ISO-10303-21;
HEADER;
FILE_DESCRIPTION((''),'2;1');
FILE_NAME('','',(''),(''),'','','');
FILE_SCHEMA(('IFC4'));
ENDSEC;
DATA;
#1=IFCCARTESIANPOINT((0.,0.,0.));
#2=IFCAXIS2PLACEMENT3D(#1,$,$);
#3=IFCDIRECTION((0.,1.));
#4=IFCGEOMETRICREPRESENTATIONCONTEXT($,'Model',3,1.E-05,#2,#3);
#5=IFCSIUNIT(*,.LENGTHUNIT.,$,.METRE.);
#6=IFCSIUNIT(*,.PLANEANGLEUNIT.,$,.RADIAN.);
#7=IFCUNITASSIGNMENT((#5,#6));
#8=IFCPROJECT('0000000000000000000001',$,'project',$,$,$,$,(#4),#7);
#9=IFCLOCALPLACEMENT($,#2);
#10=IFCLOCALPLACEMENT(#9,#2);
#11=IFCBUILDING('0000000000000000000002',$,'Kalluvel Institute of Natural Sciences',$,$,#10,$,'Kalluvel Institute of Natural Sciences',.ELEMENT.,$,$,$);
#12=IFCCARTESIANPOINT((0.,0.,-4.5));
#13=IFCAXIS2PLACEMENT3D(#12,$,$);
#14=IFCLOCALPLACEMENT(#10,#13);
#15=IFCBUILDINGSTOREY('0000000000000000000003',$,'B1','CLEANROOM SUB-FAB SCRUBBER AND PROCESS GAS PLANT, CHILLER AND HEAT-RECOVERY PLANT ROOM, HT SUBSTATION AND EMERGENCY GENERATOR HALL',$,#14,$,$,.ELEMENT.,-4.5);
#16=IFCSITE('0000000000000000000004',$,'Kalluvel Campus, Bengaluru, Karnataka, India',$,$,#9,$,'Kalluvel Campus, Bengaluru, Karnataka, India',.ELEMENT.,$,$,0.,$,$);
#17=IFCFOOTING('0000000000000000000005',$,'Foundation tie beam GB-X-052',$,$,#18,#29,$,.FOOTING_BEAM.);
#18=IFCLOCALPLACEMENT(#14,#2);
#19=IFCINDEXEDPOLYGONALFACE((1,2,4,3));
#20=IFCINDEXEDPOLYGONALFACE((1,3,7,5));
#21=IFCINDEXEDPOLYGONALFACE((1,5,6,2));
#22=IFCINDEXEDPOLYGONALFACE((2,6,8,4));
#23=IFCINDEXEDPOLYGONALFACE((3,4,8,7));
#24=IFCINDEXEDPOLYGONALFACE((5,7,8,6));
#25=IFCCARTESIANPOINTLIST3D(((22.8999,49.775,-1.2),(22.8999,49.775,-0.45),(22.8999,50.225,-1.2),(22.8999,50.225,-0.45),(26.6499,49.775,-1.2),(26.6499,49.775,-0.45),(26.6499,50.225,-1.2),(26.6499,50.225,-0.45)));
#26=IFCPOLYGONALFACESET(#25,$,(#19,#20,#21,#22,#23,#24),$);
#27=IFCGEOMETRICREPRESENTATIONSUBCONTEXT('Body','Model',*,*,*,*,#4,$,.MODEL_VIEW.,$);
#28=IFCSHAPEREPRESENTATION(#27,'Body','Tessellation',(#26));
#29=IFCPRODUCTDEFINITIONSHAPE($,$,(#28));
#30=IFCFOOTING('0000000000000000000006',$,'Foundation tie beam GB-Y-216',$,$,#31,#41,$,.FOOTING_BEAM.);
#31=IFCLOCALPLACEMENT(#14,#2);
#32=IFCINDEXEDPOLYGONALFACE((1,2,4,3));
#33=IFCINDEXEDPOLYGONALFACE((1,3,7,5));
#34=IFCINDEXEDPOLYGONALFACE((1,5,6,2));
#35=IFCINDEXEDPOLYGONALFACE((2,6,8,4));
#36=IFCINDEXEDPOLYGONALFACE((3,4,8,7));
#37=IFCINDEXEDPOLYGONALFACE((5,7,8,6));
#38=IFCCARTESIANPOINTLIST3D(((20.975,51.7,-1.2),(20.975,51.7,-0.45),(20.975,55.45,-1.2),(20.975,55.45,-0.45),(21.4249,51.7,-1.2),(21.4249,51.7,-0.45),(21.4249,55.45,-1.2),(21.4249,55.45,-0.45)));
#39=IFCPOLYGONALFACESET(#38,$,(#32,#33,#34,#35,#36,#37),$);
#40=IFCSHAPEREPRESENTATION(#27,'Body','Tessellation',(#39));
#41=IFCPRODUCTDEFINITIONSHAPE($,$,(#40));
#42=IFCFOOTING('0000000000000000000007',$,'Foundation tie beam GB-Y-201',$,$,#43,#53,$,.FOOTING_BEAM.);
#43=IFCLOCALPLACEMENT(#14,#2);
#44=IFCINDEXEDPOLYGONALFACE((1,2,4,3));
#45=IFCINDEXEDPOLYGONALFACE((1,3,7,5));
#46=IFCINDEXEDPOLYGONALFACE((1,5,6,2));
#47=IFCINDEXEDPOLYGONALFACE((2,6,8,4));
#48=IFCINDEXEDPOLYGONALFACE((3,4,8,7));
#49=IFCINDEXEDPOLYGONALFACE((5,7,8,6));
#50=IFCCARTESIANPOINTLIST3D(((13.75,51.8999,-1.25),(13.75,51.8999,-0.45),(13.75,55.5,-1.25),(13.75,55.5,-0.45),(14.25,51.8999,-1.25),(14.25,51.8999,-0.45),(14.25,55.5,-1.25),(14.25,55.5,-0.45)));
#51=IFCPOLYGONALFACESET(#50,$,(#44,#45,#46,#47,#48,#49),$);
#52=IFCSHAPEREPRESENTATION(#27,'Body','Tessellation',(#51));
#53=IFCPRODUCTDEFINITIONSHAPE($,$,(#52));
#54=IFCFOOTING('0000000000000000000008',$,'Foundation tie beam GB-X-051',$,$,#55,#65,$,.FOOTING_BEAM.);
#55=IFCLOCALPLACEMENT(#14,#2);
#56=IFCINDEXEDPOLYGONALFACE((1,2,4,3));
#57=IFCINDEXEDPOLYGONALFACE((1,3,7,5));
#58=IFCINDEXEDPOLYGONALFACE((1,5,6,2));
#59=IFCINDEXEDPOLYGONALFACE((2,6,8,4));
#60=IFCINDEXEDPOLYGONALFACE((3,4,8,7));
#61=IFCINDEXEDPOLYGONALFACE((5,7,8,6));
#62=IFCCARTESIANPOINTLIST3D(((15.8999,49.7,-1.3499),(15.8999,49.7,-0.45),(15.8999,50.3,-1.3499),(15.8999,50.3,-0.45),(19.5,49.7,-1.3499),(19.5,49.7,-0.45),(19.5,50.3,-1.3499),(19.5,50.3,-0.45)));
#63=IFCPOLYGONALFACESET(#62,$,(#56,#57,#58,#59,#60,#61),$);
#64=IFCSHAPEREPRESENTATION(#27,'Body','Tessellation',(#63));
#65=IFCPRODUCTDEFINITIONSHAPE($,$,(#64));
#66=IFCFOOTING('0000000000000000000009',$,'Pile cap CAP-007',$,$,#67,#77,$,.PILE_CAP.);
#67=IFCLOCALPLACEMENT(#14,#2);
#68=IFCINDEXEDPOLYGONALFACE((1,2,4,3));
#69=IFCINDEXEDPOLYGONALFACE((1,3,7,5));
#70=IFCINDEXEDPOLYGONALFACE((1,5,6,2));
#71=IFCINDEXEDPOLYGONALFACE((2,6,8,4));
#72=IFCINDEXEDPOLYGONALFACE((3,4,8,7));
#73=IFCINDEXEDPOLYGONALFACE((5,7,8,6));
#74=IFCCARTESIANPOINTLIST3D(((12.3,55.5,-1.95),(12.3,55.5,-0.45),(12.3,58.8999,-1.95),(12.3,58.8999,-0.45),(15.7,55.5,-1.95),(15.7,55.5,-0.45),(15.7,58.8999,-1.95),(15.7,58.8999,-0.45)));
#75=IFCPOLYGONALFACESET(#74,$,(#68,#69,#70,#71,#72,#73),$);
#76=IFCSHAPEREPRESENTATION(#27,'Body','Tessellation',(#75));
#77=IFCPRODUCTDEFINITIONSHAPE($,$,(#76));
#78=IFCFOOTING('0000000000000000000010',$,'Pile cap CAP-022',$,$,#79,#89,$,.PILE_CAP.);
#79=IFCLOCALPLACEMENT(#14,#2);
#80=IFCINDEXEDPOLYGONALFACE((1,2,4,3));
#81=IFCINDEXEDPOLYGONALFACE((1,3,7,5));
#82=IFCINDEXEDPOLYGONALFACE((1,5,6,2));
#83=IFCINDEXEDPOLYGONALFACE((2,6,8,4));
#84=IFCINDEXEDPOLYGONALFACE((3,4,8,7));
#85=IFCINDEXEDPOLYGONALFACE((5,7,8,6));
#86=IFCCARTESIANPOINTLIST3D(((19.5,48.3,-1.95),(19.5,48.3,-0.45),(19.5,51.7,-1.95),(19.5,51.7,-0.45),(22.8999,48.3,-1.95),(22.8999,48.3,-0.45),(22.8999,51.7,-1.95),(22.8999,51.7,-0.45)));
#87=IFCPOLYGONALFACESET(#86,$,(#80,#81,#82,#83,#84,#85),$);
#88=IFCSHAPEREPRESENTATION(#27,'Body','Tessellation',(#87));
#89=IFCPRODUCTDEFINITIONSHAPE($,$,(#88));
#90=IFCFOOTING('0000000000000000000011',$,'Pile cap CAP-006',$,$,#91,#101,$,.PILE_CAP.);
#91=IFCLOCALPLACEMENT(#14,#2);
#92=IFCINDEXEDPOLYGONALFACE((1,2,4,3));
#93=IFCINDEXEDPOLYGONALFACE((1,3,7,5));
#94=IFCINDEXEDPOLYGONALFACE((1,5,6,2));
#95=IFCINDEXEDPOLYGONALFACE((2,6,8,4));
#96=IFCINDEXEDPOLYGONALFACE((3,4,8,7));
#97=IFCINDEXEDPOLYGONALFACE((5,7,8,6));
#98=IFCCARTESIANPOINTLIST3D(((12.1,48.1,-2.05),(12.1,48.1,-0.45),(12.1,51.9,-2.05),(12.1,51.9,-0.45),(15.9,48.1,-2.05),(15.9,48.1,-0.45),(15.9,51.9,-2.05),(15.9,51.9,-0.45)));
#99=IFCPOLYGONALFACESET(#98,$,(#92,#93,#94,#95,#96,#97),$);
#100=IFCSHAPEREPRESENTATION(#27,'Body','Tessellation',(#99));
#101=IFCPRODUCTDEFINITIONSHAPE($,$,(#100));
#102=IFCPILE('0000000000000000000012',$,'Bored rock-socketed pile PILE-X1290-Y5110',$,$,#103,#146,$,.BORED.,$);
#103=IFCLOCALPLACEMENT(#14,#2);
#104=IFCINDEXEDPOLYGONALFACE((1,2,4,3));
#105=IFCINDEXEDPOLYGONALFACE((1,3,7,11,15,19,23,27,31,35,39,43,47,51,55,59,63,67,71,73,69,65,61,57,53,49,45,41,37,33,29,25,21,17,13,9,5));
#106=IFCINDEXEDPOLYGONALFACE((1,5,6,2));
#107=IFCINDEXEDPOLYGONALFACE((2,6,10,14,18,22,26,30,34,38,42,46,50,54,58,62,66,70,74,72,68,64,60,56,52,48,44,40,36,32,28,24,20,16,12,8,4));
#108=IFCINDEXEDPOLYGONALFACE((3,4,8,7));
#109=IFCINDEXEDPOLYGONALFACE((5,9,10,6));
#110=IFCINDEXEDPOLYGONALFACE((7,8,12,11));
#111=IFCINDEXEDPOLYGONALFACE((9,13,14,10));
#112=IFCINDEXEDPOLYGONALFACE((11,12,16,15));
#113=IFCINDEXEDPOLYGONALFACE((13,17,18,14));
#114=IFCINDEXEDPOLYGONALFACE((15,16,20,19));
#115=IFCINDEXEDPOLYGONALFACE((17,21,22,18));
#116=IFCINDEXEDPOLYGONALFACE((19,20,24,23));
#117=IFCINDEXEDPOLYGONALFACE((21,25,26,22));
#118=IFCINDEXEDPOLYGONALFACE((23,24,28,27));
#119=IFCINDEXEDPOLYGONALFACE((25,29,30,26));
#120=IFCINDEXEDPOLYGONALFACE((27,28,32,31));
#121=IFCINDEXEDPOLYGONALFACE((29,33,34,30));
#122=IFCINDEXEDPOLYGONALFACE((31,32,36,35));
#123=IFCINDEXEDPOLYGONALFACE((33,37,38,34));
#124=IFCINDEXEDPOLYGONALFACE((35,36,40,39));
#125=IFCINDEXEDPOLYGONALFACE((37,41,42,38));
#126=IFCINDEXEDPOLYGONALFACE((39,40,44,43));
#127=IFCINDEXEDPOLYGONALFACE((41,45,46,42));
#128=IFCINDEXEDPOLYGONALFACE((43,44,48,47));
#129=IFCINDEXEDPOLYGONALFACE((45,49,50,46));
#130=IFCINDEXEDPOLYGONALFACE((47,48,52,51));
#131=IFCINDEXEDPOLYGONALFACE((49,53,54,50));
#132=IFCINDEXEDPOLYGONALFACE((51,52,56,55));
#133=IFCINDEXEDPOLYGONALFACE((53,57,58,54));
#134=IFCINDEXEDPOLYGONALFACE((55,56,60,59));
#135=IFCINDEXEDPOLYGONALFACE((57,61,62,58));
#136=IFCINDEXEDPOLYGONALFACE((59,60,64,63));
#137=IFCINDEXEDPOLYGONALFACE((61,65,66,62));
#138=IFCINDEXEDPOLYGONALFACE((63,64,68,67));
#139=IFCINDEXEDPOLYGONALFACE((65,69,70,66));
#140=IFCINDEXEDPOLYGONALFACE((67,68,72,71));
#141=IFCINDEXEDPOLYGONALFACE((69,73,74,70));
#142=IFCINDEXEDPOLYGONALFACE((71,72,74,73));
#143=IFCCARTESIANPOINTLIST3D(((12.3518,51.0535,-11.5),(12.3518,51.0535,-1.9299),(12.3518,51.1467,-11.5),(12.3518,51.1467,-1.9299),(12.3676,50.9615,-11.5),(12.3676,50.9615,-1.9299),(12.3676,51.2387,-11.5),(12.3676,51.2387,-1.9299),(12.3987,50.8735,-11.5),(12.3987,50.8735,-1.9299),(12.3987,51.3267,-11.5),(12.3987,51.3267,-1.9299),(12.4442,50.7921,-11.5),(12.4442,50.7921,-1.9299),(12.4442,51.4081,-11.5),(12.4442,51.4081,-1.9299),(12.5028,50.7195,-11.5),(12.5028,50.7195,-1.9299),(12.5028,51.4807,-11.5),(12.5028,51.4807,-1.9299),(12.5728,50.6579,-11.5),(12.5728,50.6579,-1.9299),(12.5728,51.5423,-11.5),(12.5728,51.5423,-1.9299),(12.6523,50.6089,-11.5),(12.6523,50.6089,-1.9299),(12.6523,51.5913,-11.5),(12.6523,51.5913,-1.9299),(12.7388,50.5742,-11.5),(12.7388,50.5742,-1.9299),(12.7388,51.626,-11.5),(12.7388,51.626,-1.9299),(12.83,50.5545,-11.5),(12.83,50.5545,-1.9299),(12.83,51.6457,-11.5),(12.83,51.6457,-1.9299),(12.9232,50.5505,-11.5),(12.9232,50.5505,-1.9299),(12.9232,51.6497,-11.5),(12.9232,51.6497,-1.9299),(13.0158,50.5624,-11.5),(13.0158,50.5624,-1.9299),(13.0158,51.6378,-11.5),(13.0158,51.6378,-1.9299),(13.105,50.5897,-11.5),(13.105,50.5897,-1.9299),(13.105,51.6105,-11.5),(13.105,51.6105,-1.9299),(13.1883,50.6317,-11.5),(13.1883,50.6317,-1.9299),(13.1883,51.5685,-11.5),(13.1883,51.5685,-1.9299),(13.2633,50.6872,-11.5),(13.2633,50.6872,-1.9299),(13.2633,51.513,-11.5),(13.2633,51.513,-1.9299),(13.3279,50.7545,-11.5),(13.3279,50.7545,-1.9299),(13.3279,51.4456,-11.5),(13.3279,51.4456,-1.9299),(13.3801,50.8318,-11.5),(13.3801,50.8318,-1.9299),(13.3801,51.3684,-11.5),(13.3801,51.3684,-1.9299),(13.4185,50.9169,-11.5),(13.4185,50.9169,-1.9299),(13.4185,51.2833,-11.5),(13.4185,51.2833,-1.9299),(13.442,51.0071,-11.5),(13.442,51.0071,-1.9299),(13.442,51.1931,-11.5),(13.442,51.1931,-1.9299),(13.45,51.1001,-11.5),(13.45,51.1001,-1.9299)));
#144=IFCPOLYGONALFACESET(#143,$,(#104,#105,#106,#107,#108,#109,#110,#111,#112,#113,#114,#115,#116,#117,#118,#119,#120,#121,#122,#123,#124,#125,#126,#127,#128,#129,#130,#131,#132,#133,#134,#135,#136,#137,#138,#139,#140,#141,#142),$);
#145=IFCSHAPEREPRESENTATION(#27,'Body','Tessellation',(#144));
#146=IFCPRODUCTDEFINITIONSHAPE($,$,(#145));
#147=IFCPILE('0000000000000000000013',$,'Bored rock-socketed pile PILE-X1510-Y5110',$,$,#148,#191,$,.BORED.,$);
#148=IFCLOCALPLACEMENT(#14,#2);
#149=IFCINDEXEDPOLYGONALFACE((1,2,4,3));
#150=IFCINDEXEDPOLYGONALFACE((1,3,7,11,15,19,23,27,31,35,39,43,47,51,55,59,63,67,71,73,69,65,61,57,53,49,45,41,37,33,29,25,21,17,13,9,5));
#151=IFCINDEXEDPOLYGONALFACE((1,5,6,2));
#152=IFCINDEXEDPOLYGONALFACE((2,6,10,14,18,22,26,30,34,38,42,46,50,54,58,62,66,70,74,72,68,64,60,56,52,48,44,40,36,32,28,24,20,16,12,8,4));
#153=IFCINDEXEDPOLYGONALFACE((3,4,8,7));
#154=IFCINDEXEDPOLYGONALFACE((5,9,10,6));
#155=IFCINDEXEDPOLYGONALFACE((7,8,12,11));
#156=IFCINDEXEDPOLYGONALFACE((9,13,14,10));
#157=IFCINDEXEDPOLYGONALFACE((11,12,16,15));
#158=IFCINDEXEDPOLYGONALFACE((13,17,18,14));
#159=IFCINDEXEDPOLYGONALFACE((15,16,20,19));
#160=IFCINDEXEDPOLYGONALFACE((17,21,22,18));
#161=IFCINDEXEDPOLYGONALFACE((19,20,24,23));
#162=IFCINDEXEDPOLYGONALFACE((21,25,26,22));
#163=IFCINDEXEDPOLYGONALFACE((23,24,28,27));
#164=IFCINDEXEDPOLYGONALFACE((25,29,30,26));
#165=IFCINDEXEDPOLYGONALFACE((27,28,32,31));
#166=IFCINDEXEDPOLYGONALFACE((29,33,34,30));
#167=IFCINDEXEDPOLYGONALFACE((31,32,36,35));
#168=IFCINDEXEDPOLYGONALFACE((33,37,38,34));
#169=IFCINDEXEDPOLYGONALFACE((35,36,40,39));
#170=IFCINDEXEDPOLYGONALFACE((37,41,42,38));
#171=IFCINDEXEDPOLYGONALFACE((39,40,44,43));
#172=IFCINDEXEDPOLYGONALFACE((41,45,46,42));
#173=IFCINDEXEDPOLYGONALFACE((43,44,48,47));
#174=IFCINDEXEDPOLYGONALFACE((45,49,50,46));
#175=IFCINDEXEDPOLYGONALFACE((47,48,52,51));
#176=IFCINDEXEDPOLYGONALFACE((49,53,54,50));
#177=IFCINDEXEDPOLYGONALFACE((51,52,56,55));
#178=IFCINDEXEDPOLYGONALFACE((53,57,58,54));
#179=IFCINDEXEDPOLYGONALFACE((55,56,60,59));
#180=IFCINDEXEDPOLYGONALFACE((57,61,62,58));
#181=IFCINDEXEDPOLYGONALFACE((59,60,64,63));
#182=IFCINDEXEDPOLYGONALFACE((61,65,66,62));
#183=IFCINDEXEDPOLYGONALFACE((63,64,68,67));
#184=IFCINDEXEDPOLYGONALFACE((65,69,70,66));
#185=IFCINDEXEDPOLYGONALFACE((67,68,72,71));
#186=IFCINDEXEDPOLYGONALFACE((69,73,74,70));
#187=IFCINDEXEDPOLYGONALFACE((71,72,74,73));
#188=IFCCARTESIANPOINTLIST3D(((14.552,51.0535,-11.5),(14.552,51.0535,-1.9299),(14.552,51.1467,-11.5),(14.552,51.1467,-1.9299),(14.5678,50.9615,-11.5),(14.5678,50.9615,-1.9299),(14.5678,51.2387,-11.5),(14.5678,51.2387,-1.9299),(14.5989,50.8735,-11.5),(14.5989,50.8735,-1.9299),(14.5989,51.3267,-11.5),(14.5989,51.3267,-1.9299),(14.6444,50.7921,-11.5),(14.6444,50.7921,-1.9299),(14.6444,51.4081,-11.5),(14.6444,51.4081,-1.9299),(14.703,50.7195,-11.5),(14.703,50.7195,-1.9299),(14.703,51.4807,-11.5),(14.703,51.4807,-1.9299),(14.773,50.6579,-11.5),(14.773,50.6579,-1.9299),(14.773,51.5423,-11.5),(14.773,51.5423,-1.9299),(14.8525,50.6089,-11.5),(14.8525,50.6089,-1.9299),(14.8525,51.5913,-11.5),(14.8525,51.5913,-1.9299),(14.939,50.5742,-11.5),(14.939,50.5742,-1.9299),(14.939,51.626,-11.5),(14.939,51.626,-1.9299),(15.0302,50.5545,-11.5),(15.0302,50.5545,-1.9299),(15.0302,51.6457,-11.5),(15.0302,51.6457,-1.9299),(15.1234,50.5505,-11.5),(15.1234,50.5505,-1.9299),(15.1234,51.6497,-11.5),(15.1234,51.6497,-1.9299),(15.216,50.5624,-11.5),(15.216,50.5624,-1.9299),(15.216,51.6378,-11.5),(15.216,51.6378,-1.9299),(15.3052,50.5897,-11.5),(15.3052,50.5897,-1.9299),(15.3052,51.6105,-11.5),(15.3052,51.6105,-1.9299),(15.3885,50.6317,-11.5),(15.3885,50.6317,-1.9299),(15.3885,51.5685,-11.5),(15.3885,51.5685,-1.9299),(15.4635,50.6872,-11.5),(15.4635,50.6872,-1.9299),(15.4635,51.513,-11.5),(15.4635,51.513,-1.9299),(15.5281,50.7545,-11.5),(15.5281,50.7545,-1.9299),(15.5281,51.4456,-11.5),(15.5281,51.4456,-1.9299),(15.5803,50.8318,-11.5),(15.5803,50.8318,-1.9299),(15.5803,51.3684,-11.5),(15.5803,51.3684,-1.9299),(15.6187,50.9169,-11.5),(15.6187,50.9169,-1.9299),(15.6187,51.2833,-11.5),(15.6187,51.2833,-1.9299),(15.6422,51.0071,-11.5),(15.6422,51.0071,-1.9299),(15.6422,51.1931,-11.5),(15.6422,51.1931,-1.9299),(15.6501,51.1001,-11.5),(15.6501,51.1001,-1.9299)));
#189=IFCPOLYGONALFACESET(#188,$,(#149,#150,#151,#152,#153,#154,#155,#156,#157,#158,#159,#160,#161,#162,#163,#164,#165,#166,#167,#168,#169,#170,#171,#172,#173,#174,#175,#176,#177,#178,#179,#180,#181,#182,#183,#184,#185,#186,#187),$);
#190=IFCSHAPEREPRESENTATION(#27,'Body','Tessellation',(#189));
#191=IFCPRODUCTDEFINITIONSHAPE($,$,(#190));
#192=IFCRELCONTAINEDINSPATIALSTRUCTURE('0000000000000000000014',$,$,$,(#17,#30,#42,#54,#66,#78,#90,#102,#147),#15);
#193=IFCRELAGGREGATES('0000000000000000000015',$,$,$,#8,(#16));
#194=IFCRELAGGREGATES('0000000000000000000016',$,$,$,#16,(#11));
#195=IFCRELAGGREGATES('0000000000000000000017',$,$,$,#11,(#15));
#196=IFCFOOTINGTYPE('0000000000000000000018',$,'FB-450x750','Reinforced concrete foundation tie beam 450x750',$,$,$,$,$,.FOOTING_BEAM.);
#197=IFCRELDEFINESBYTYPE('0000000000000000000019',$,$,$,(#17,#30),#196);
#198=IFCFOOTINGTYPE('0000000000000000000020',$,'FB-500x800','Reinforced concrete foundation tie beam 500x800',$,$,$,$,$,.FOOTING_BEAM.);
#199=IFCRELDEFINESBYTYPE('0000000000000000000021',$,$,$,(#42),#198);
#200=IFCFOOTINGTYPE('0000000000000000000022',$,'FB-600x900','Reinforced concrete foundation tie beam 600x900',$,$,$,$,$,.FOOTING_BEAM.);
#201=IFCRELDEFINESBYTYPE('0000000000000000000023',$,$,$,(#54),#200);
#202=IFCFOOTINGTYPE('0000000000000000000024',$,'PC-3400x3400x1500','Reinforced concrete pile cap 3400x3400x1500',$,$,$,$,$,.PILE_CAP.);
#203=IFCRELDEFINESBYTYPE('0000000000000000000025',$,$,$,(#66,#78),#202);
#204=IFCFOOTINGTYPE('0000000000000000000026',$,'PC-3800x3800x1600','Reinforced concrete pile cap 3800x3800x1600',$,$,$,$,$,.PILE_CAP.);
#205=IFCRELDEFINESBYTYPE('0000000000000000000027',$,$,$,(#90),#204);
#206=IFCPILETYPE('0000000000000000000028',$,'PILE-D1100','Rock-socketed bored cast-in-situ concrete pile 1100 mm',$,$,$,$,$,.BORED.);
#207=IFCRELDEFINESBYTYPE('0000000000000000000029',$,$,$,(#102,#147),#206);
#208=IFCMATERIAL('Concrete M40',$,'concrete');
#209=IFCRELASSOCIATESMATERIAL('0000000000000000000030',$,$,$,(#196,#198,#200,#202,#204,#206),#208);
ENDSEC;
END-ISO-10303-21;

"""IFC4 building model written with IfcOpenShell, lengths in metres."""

from ifc_helpers import new_model, si_unit, direction, frame, origin, origin_2d, place, context, subcontext, project, spatial, rectangle, circle, extrude, material, material_profile, profile_set, type_object, element, save


model = new_model("IFC4")

# Units and contexts
model_context = context("Model", 3, precision=1e-05, world=origin(), true_north=direction((0.0, 1.0)))
body_context = subcontext(model_context, "Body", "Model", "MODEL_VIEW")
ifc_project = project(units=[si_unit("LENGTHUNIT", "METRE"), si_unit("PLANEANGLEUNIT", "RADIAN")], contexts=[model_context])

# Site, building, storey
site_placement = place(None, origin())
site = spatial("IfcSite", under=ifc_project, at=site_placement, Name="Kalluvel Campus, Bengaluru, Karnataka, India", LongName="Kalluvel Campus, Bengaluru, Karnataka, India", CompositionType="ELEMENT", RefElevation=0.0)
building_placement = place(site_placement, origin())
building = spatial("IfcBuilding", under=site, at=building_placement, Name="Kalluvel Institute of Natural Sciences", LongName="Kalluvel Institute of Natural Sciences", CompositionType="ELEMENT")
storey_placement = place(building_placement, frame((0.0, 0.0, -4.5)))
storey = spatial("IfcBuildingStorey", under=building, at=storey_placement, Name="B1", Description="CLEANROOM SUB-FAB SCRUBBER AND PROCESS GAS PLANT, CHILLER AND HEAT-RECOVERY PLANT ROOM, HT SUBSTATION AND EMERGENCY GENERATOR HALL", CompositionType="ELEMENT", Elevation=-4.5)

# Footings
ifc_material_1 = material(Name="Concrete M40", Category="concrete")
footing_type_1 = type_object("IfcFootingType", Name="FB-450x750", Description="Reinforced concrete foundation tie beam 450x750", PredefinedType="FOOTING_BEAM", material=ifc_material_1)
footing_1_placement = place(storey_placement, frame((24.7749, 50.0, -1.2), z_axis=(0.0, 0.0, 1.0), x_axis=(1.0, 0.0, 0.0)))
element("IfcFooting", 1, at=footing_1_placement, inside=storey, type_object=footing_type_1, Name="Foundation tie beam GB-X-052", PredefinedType="FOOTING_BEAM", context=body_context, shape_type="SweptSolid", body=[
    extrude(rectangle(XDim=3.75, YDim=0.45, at=origin_2d()), origin(), (0.0, 0.0, 1.0), 0.75),
])
footing_2_placement = place(storey_placement, frame((21.2, 53.575, -1.2), z_axis=(0.0, 0.0, 1.0), x_axis=(1.0, 0.0, 0.0)))
element("IfcFooting", 2, at=footing_2_placement, inside=storey, type_object=footing_type_1, Name="Foundation tie beam GB-Y-216", PredefinedType="FOOTING_BEAM", context=body_context, shape_type="SweptSolid", body=[
    extrude(rectangle(XDim=0.45, YDim=3.75, at=origin_2d()), origin(), (0.0, 0.0, 1.0), 0.75),
])
footing_type_2 = type_object("IfcFootingType", Name="FB-500x800", Description="Reinforced concrete foundation tie beam 500x800", PredefinedType="FOOTING_BEAM", material=ifc_material_1)
footing_3_placement = place(storey_placement, frame((14.0, 53.7, -1.25), z_axis=(0.0, 0.0, 1.0), x_axis=(1.0, 0.0, 0.0)))
element("IfcFooting", 3, at=footing_3_placement, inside=storey, type_object=footing_type_2, Name="Foundation tie beam GB-Y-201", PredefinedType="FOOTING_BEAM", context=body_context, shape_type="SweptSolid", body=[
    extrude(rectangle(XDim=0.5, YDim=3.6001, at=origin_2d()), origin(), (0.0, 0.0, 1.0), 0.8),
])
footing_type_3 = type_object("IfcFootingType", Name="FB-600x900", Description="Reinforced concrete foundation tie beam 600x900", PredefinedType="FOOTING_BEAM", material=ifc_material_1)
footing_4_placement = place(storey_placement, frame((17.7, 50.0, -1.3499), z_axis=(0.0, 0.0, 1.0), x_axis=(1.0, 0.0, 0.0)))
element("IfcFooting", 4, at=footing_4_placement, inside=storey, type_object=footing_type_3, Name="Foundation tie beam GB-X-051", PredefinedType="FOOTING_BEAM", context=body_context, shape_type="SweptSolid", body=[
    extrude(rectangle(XDim=3.6001, YDim=0.6001, at=origin_2d()), origin(), (0.0, 0.0, 1.0), 0.8999),
])
footing_type_4 = type_object("IfcFootingType", Name="PC-3400x3400x1500", Description="Reinforced concrete pile cap 3400x3400x1500", PredefinedType="PILE_CAP", material=ifc_material_1)
for number, where, z_axis, x_axis, name in (
    (5, (14.0, 57.2, -1.95), (0.0, 0.0, 1.0), (1.0, 0.0, 0.0), "Pile cap CAP-007"),
    (6, (21.2, 50.0, -1.95), (0.0, 0.0, 1.0), (1.0, 0.0, 0.0), "Pile cap CAP-022"),
):
    element("IfcFooting", number, at=place(storey_placement, frame(where, z_axis=z_axis, x_axis=x_axis)), inside=storey, type_object=footing_type_4, Name=name, PredefinedType="PILE_CAP", context=body_context, shape_type="SweptSolid", body=[
        extrude(rectangle(XDim=3.3999, YDim=3.3999, at=origin_2d()), origin(), (0.0, 0.0, 1.0), 1.5),
    ])
footing_type_5 = type_object("IfcFootingType", Name="PC-3800x3800x1600", Description="Reinforced concrete pile cap 3800x3800x1600", PredefinedType="PILE_CAP", material=ifc_material_1)
footing_5_placement = place(storey_placement, frame((14.0, 50.0, -2.05), z_axis=(0.0, 0.0, 1.0), x_axis=(1.0, 0.0, 0.0)))
element("IfcFooting", 7, at=footing_5_placement, inside=storey, type_object=footing_type_5, Name="Pile cap CAP-006", PredefinedType="PILE_CAP", context=body_context, shape_type="SweptSolid", body=[
    extrude(rectangle(XDim=3.8, YDim=3.8, at=origin_2d()), origin(), (0.0, 0.0, 1.0), 1.6001),
])

# Piles
ifc_material_profile_1 = material_profile(ifc_material_1, circle(Radius=0.55, at=origin_2d()), Name="PILE D1100")
ifc_profile_set_1 = profile_set([ifc_material_profile_1], Name="Concrete M40")
pile_type_1 = type_object("IfcPileType", Name="PILE-D1100", Description="Rock-socketed bored cast-in-situ concrete pile 1100 mm", PredefinedType="BORED", material=ifc_profile_set_1)
for number, where, z_axis, x_axis, name in (
    (8, (12.8999, 51.1001, -1.9299), (0.0, 0.0, -1.0), (1.0, 0.0, 0.0), "Bored rock-socketed pile PILE-X1290-Y5110"),
    (9, (15.1001, 51.1001, -1.9299), (0.0, 0.0, -1.0), (1.0, 0.0, 0.0), "Bored rock-socketed pile PILE-X1510-Y5110"),
):
    element("IfcPile", number, at=place(storey_placement, frame(where, z_axis=z_axis, x_axis=x_axis)), inside=storey, type_object=pile_type_1, Name=name, PredefinedType="BORED", context=body_context, shape_type="SweptSolid", body=[
        extrude(circle(Radius=0.55, at=origin_2d()), origin(), (0.0, 0.0, 1.0), 9.5701),
    ])

save(model, "model.ifc")
